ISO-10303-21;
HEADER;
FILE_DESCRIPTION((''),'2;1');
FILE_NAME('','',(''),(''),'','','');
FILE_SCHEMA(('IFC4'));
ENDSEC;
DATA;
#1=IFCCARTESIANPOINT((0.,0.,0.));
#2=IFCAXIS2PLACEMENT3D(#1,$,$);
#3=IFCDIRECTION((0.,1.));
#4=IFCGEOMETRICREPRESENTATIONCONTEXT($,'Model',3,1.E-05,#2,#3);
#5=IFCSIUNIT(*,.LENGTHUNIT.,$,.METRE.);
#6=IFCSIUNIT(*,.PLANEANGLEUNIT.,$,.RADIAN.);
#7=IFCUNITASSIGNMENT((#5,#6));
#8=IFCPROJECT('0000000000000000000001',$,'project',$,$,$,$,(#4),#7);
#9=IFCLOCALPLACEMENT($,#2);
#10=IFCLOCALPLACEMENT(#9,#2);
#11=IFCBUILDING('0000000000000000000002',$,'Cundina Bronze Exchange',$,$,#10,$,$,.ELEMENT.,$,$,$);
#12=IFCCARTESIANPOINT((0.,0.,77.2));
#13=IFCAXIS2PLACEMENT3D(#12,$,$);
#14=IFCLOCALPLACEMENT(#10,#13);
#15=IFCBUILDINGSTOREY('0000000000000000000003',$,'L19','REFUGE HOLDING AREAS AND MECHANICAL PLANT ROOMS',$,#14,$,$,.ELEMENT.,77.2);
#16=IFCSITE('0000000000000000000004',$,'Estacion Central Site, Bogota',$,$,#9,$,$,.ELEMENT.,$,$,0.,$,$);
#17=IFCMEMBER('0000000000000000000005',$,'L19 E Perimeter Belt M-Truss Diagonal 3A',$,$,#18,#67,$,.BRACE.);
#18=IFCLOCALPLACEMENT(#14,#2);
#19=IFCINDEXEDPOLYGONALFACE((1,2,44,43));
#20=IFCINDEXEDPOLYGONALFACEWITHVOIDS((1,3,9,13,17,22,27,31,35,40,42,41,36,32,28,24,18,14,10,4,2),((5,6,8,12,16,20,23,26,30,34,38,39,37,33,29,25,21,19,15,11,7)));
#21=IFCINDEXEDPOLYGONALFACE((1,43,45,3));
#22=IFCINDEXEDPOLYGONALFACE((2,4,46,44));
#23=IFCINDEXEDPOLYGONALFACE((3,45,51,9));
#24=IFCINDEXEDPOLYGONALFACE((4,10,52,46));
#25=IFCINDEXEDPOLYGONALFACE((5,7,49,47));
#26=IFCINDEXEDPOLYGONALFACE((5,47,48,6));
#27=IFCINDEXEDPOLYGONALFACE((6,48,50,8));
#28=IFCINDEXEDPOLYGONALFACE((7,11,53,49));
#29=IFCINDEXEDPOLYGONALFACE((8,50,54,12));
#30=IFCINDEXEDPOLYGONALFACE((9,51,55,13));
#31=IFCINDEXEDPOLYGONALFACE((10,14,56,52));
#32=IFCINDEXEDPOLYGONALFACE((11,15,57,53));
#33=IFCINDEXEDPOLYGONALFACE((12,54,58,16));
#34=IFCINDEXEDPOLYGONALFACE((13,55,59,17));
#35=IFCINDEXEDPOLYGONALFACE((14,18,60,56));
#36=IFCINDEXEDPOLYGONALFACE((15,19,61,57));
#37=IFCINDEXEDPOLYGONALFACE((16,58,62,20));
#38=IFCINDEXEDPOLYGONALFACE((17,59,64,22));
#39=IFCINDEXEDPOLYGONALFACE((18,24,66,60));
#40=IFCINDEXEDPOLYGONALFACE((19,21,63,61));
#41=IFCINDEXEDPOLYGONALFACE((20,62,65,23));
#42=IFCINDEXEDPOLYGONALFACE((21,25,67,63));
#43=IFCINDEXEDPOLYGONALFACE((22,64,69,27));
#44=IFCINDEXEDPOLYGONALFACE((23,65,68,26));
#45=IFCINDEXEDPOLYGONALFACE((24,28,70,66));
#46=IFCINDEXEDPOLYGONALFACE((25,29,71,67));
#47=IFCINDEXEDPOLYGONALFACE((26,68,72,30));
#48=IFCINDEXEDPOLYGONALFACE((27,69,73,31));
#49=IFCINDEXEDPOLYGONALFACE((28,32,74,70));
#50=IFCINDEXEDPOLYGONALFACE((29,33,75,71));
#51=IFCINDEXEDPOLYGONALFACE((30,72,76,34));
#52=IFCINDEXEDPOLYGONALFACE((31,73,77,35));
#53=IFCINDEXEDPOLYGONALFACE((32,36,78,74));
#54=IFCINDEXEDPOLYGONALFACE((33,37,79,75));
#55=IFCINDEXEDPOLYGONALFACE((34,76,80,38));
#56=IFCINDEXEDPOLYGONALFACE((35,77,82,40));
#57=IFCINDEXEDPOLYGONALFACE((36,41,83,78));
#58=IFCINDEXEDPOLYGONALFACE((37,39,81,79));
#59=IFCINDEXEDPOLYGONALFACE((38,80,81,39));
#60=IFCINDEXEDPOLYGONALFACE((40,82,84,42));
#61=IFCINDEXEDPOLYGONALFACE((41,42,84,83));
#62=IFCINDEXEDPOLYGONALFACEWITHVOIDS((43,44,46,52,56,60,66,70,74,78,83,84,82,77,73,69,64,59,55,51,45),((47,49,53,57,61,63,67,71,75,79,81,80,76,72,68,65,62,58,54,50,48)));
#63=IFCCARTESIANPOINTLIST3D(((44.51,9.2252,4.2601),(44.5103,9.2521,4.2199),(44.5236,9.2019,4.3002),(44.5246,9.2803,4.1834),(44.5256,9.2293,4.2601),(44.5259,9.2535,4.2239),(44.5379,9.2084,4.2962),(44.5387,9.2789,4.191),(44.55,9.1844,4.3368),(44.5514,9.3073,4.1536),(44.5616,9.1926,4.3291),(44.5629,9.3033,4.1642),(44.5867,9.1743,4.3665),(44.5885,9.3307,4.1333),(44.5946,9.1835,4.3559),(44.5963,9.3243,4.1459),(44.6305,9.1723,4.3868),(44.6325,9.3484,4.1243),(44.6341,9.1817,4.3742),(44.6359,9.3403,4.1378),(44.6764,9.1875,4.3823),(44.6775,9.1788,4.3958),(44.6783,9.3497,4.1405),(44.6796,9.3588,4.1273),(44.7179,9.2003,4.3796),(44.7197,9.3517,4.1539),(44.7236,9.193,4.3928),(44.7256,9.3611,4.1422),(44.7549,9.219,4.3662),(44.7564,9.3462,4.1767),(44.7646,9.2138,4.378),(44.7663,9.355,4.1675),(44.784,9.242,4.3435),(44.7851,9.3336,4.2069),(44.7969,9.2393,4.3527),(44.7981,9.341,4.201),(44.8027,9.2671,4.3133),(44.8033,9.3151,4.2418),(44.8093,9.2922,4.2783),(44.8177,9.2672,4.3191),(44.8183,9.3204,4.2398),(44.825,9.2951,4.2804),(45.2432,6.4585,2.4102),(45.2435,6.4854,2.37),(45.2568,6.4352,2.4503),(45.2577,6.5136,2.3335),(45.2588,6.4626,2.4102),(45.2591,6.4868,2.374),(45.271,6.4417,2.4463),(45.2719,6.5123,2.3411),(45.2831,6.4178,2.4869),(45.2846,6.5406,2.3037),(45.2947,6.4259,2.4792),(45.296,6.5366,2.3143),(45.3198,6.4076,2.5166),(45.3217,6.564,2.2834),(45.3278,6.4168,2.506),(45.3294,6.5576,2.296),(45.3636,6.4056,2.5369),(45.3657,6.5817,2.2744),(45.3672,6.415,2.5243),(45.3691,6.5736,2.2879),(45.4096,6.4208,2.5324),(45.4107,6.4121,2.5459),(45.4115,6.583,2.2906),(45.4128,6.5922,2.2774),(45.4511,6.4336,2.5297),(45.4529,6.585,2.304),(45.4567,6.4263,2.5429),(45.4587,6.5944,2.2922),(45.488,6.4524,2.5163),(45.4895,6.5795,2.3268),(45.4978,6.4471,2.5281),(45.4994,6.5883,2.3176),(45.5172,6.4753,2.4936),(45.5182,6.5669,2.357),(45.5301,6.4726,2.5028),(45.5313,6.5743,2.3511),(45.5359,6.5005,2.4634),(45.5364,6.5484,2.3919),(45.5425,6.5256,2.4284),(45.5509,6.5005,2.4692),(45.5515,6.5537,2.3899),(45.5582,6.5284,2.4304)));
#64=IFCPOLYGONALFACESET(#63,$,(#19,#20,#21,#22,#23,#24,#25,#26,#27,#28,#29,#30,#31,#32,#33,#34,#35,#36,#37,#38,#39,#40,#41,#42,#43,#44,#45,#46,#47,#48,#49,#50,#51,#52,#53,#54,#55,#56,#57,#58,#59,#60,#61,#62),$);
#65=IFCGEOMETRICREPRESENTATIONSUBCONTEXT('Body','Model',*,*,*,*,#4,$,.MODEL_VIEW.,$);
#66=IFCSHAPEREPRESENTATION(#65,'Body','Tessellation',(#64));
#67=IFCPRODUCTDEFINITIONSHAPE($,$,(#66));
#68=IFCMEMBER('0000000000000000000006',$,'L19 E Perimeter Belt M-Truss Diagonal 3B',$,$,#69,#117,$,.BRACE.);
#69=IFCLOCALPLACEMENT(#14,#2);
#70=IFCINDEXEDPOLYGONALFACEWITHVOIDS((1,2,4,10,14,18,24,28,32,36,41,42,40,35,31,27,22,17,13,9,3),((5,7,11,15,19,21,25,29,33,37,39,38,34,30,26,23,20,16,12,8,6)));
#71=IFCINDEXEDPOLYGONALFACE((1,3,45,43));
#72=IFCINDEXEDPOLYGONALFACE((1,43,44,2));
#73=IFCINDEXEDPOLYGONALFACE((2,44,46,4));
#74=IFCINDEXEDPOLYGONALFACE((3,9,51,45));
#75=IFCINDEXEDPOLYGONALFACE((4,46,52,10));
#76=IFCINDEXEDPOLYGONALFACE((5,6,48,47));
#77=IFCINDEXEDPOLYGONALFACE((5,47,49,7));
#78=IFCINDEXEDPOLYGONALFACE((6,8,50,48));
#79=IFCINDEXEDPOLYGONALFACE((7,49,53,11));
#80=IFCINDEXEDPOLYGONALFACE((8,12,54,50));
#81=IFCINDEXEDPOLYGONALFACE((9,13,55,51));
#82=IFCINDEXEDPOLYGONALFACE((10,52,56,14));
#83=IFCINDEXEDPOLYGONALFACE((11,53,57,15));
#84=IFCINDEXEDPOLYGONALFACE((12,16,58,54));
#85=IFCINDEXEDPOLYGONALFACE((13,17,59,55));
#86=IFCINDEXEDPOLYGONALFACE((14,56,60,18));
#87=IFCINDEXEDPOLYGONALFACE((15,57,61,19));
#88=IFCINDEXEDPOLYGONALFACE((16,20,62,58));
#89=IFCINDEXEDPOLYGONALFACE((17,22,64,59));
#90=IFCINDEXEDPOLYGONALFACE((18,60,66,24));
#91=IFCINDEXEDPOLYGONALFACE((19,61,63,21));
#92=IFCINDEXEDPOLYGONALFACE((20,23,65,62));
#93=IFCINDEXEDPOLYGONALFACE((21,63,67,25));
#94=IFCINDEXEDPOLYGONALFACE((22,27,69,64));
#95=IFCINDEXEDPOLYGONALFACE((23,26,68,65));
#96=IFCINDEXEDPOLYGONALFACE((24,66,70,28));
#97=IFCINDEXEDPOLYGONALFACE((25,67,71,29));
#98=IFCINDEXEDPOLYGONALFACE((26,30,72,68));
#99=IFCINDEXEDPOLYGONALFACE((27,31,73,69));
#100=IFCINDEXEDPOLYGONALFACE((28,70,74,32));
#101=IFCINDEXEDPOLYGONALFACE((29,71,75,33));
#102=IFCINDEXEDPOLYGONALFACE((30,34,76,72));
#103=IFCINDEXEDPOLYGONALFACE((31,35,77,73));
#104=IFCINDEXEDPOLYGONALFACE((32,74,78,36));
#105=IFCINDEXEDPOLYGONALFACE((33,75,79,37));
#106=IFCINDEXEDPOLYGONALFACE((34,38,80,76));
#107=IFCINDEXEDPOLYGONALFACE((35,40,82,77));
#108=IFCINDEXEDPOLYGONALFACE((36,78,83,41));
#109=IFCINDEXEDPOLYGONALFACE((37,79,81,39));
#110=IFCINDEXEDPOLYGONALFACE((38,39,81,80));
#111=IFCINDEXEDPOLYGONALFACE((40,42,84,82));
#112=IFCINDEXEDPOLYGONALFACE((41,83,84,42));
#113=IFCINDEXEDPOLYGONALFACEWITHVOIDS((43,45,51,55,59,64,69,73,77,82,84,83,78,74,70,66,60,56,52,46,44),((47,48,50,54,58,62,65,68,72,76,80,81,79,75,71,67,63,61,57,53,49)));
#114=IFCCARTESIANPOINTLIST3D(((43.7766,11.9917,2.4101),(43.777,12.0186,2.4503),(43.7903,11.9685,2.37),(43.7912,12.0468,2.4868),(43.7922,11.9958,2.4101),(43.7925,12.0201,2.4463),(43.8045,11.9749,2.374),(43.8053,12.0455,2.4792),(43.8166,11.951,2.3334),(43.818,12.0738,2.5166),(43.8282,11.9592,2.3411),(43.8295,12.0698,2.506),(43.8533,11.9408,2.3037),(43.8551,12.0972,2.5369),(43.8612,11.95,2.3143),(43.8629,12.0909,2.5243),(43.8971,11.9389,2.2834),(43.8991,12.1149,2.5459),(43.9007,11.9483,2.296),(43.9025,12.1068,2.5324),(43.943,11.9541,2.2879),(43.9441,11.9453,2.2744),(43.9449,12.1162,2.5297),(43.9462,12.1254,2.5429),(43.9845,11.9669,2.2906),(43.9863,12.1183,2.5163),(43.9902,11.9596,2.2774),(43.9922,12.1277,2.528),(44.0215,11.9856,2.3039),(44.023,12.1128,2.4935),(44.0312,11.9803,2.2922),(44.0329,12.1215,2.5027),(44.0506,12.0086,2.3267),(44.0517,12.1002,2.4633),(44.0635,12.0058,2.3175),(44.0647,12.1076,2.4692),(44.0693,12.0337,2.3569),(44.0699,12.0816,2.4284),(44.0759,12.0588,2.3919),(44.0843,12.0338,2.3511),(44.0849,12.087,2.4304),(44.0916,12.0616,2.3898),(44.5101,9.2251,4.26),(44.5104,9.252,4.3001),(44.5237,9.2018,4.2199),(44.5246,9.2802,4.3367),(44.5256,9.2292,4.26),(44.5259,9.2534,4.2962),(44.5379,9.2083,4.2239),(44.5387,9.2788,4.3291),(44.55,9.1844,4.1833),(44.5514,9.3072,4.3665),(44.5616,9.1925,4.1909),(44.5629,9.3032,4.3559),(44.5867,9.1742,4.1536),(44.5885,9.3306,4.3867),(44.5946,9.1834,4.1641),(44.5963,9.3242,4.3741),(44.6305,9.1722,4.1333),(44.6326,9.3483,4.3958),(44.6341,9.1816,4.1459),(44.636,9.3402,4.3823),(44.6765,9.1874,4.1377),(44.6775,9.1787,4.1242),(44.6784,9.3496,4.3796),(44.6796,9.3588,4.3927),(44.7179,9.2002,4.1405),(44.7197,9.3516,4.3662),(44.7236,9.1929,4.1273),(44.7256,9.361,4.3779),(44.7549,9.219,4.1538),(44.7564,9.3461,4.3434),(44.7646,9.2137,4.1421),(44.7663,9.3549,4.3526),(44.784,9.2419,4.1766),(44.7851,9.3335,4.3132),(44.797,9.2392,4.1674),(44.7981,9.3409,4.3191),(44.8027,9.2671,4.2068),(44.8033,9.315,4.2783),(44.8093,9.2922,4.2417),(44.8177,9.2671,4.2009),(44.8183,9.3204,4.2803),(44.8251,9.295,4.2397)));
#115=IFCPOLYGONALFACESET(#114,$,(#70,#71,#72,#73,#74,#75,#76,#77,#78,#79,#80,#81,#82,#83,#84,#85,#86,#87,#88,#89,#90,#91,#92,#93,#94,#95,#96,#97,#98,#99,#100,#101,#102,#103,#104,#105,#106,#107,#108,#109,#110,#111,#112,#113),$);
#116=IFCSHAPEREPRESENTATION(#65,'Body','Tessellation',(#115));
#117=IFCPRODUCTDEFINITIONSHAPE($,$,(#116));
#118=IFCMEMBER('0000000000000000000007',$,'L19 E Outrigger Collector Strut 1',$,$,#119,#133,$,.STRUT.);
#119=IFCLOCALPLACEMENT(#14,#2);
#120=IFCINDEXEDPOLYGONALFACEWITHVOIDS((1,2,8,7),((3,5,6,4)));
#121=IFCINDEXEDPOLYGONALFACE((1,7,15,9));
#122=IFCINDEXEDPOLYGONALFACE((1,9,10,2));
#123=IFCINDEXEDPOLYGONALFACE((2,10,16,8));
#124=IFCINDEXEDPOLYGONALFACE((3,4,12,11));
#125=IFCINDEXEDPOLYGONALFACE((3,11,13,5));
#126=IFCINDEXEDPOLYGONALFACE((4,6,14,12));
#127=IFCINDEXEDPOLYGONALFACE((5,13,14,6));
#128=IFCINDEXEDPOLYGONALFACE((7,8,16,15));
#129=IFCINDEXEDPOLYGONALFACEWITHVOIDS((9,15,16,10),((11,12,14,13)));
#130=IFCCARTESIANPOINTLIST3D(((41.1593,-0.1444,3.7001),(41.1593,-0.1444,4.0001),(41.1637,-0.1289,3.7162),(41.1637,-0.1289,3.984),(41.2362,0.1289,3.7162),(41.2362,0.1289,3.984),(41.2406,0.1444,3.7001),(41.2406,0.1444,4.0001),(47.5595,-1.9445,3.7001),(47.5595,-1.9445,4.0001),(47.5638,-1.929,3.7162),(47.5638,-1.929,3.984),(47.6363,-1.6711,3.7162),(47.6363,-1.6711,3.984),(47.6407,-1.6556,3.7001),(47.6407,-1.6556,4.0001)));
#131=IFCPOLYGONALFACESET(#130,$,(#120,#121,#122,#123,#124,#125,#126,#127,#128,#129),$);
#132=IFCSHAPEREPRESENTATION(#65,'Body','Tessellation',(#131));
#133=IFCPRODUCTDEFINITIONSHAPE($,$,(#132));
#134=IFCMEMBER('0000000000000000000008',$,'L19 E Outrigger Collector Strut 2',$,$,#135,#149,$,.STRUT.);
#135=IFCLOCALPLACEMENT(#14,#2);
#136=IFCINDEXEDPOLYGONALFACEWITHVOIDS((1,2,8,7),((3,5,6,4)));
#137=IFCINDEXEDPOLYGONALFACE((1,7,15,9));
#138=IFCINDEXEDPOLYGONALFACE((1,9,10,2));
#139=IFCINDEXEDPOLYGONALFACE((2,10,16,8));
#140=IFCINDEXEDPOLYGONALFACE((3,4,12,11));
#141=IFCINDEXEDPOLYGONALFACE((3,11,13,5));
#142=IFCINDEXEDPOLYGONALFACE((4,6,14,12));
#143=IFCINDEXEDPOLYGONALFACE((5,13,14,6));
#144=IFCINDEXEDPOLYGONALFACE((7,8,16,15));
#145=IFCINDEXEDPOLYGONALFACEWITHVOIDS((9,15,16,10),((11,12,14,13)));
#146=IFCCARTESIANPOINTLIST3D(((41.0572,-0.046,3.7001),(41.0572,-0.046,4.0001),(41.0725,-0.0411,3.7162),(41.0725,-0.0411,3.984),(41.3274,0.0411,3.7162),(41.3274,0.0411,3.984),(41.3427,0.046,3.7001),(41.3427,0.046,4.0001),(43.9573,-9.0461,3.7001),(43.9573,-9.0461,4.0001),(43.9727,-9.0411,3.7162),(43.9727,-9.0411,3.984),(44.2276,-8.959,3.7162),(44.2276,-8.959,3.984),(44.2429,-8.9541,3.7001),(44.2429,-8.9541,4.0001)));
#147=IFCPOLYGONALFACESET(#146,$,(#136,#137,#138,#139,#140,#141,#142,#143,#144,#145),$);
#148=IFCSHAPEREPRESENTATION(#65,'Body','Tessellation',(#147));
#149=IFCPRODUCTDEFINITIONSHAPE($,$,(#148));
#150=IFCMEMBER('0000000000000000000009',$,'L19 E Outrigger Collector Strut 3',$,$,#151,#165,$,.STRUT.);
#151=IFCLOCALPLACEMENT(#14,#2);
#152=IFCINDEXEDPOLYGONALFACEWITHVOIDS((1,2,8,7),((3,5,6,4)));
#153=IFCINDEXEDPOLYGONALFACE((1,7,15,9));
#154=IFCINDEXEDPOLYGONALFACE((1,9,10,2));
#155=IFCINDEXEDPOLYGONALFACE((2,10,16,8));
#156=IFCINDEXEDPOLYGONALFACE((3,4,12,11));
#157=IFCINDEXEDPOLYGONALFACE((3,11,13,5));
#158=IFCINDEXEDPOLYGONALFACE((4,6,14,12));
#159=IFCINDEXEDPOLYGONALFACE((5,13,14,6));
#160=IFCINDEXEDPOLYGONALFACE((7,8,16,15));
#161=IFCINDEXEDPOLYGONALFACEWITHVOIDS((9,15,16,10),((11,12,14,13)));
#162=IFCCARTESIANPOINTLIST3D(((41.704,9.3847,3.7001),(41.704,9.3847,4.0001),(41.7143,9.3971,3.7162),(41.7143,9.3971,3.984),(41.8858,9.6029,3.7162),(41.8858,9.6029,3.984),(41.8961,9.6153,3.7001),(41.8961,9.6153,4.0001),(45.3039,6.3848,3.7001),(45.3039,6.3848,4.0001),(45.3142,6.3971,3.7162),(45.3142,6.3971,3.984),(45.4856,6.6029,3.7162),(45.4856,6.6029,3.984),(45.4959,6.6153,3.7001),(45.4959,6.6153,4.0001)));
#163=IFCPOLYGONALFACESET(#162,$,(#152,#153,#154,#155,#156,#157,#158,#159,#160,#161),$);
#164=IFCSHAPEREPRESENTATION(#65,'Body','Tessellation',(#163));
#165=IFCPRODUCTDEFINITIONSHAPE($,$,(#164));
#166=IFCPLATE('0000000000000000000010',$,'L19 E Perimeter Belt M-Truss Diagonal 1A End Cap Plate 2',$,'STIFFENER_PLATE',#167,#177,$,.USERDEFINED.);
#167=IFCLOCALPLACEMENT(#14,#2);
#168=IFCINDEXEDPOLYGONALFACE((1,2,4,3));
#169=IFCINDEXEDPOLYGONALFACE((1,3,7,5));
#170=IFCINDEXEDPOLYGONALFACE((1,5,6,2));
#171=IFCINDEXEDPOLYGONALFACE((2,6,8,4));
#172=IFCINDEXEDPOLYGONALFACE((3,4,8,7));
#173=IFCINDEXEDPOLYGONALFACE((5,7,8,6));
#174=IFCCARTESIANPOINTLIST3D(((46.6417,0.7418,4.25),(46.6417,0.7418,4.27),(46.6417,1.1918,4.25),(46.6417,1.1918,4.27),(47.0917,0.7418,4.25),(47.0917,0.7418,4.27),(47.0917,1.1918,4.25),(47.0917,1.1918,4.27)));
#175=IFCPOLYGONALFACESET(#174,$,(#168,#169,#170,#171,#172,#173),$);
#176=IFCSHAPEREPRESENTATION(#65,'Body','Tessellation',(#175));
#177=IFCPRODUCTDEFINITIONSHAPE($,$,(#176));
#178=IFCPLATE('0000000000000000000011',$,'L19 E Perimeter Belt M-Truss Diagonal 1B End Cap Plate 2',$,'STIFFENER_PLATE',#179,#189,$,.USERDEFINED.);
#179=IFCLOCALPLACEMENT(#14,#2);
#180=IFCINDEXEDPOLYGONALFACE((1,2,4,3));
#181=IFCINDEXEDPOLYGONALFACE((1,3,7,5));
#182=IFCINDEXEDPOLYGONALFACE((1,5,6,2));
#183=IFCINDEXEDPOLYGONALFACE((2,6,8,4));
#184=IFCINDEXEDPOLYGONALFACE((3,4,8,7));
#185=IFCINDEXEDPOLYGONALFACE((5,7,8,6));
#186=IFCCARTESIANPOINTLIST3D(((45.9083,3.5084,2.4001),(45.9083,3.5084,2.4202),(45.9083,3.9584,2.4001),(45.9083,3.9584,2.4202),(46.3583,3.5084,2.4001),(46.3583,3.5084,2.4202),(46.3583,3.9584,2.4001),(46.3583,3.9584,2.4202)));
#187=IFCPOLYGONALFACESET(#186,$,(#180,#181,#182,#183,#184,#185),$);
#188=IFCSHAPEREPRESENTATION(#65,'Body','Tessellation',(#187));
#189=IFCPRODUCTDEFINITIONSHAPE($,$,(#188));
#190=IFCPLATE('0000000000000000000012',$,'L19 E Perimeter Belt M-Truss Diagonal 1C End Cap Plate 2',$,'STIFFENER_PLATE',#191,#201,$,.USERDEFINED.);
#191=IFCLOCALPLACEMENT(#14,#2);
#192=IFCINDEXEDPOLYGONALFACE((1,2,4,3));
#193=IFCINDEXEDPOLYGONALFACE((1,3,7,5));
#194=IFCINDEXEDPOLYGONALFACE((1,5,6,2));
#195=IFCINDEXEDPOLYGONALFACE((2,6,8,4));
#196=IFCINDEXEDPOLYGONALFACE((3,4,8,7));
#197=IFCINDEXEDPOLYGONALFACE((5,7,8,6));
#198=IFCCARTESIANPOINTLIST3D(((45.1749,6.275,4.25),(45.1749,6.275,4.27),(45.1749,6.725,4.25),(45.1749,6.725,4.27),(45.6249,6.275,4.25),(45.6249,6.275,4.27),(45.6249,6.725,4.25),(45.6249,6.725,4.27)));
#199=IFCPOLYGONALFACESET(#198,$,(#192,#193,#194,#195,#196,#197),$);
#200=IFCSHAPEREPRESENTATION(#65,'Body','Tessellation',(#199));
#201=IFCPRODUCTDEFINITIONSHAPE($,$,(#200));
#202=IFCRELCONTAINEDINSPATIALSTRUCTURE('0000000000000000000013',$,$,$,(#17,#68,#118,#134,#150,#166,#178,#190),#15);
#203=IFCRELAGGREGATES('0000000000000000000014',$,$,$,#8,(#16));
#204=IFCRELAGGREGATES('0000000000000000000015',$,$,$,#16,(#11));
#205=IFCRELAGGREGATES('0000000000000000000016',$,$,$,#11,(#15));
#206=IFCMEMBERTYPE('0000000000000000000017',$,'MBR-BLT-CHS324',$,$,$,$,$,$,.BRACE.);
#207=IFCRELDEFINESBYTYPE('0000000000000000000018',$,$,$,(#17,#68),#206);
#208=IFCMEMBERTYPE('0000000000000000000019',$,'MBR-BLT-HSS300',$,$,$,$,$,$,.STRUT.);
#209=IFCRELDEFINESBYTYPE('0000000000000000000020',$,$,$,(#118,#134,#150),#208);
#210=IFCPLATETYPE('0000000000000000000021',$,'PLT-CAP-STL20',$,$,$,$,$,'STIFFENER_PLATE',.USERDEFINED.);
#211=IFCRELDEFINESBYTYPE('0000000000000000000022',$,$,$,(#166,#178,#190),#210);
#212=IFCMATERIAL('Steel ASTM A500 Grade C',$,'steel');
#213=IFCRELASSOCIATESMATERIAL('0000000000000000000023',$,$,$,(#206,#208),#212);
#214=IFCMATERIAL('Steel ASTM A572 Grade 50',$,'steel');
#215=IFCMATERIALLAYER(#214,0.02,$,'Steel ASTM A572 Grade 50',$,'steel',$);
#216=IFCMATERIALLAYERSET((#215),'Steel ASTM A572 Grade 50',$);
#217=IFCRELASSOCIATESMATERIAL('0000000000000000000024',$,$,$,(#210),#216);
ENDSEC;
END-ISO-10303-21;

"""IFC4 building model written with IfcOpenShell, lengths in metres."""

from ifc_helpers import new_model, si_unit, direction, frame, origin, origin_2d, place, context, subcontext, project, spatial, rectangle, hollow_rectangle, hollow_circle, extrude, material, layer, layer_set, material_profile, profile_set, type_object, element, save


model = new_model("IFC4")

# Units and contexts
model_context = context("Model", 3, precision=1e-05, world=origin(), true_north=direction((0.0, 1.0)))
body_context = subcontext(model_context, "Body", "Model", "MODEL_VIEW")
ifc_project = project(units=[si_unit("LENGTHUNIT", "METRE"), si_unit("PLANEANGLEUNIT", "RADIAN")], contexts=[model_context])

# Site, building, storey
site_placement = place(None, origin())
site = spatial("IfcSite", under=ifc_project, at=site_placement, Name="Estacion Central Site, Bogota", CompositionType="ELEMENT", RefElevation=0.0)
building_placement = place(site_placement, origin())
building = spatial("IfcBuilding", under=site, at=building_placement, Name="Cundina Bronze Exchange", CompositionType="ELEMENT")
storey_placement = place(building_placement, frame((0.0, 0.0, 77.2)))
storey = spatial("IfcBuildingStorey", under=building, at=storey_placement, Name="L19", Description="REFUGE HOLDING AREAS AND MECHANICAL PLANT ROOMS", CompositionType="ELEMENT", Elevation=77.2)

# Members
ifc_material_1 = material(Name="Steel ASTM A500 Grade C", Category="steel")
ifc_material_profile_1 = material_profile(ifc_material_1, hollow_circle(Radius=0.1621, WallThickness=0.0161, at=origin_2d()), Name="CHS324X16", Category="steel")
ifc_profile_set_1 = profile_set([ifc_material_profile_1], Name="Steel ASTM A500 Grade C")
member_type_1 = type_object("IfcMemberType", Name="MBR-BLT-CHS324", PredefinedType="BRACE", material=ifc_profile_set_1)
for number, where, z_axis, x_axis, name in (
    (1, (45.3999, 6.5, 2.4102), (-0.215136, 0.811828, 0.542819), (-0.966634, -0.25616, 0.0), "L19 E Perimeter Belt M-Truss Diagonal 3A"),
    (2, (44.6667, 9.2666, 4.26), (-0.215204, 0.811815, -0.54281), (-0.966613, -0.25624, 0.0), "L19 E Perimeter Belt M-Truss Diagonal 3B"),
):
    element("IfcMember", number, at=place(storey_placement, frame(where, z_axis=z_axis, x_axis=x_axis)), inside=storey, type_object=member_type_1, Name=name, PredefinedType="BRACE", context=body_context, shape_type="SweptSolid", body=[
        extrude(hollow_circle(Radius=0.1621, WallThickness=0.0161, at=origin_2d()), origin(), (0.0, 0.0, 1.0), 3.408),
    ])
ifc_material_profile_2 = material_profile(ifc_material_1, hollow_rectangle(XDim=0.3, YDim=0.3, WallThickness=0.0161, at=origin_2d()), Name="HSS300X300X16", Category="steel")
ifc_profile_set_2 = profile_set([ifc_material_profile_2], Name="Steel ASTM A500 Grade C")
member_type_2 = type_object("IfcMemberType", Name="MBR-BLT-HSS300", PredefinedType="STRUT", material=ifc_profile_set_2)
member_1_placement = place(storey_placement, frame((41.2, 0.0, 3.8501), z_axis=(0.962651, -0.270747, 0.0), x_axis=(0.270747, 0.962651, 0.0)))
element("IfcMember", 3, at=member_1_placement, inside=storey, type_object=member_type_2, Name="L19 E Outrigger Collector Strut 1", PredefinedType="STRUT", context=body_context, shape_type="SweptSolid", body=[
    extrude(hollow_rectangle(XDim=0.3, YDim=0.3, WallThickness=0.0161, at=origin_2d()), origin(), (0.0, 0.0, 1.0), 6.6484),
])
member_2_placement = place(storey_placement, frame((41.2, 0.0, 3.8501), z_axis=(0.306708, -0.951804, 0.0), x_axis=(0.951804, 0.306708, 0.0)))
element("IfcMember", 4, at=member_2_placement, inside=storey, type_object=member_type_2, Name="L19 E Outrigger Collector Strut 2", PredefinedType="STRUT", context=body_context, shape_type="SweptSolid", body=[
    extrude(hollow_rectangle(XDim=0.3, YDim=0.3, WallThickness=0.0161, at=origin_2d()), origin(), (0.0, 0.0, 1.0), 9.4558),
])
member_3_placement = place(storey_placement, frame((41.8, 9.5, 3.8501), z_axis=(0.768208, -0.6402, 0.0), x_axis=(0.6402, 0.768208, 0.0)))
element("IfcMember", 5, at=member_3_placement, inside=storey, type_object=member_type_2, Name="L19 E Outrigger Collector Strut 3", PredefinedType="STRUT", context=body_context, shape_type="SweptSolid", body=[
    extrude(hollow_rectangle(XDim=0.3, YDim=0.3, WallThickness=0.0161, at=origin_2d()), origin(), (0.0, 0.0, 1.0), 4.686),
])

# Plates
ifc_material_2 = material(Name="Steel ASTM A572 Grade 50", Category="steel")
ifc_layer_1 = layer(ifc_material_2, 0.02, Name="Steel ASTM A572 Grade 50", Category="steel")
ifc_layer_set_1 = layer_set([ifc_layer_1], Name="Steel ASTM A572 Grade 50")
plate_type = type_object("IfcPlateType", Name="PLT-CAP-STL20", ElementType="STIFFENER_PLATE", PredefinedType="USERDEFINED", material=ifc_layer_set_1)
for number, where, z_axis, x_axis, name in (
    (6, (46.8667, 0.9668, 4.25), (0.0, 0.0, 1.0), (1.0, 0.0, 0.0), "L19 E Perimeter Belt M-Truss Diagonal 1A End Cap Plate 2"),
    (7, (46.1333, 3.7334, 2.4001), (0.0, 0.0, 1.0), (1.0, 0.0, 0.0), "L19 E Perimeter Belt M-Truss Diagonal 1B End Cap Plate 2"),
    (8, (45.3999, 6.5, 4.25), (0.0, 0.0, 1.0), (1.0, 0.0, 0.0), "L19 E Perimeter Belt M-Truss Diagonal 1C End Cap Plate 2"),
):
    element("IfcPlate", number, at=place(storey_placement, frame(where, z_axis=z_axis, x_axis=x_axis)), inside=storey, type_object=plate_type, Name=name, ObjectType="STIFFENER_PLATE", PredefinedType="USERDEFINED", context=body_context, shape_type="SweptSolid", body=[
        extrude(rectangle(XDim=0.45, YDim=0.45, at=origin_2d()), origin(), (0.0, 0.0, 1.0), 0.02),
    ])

save(model, "model.ifc")
